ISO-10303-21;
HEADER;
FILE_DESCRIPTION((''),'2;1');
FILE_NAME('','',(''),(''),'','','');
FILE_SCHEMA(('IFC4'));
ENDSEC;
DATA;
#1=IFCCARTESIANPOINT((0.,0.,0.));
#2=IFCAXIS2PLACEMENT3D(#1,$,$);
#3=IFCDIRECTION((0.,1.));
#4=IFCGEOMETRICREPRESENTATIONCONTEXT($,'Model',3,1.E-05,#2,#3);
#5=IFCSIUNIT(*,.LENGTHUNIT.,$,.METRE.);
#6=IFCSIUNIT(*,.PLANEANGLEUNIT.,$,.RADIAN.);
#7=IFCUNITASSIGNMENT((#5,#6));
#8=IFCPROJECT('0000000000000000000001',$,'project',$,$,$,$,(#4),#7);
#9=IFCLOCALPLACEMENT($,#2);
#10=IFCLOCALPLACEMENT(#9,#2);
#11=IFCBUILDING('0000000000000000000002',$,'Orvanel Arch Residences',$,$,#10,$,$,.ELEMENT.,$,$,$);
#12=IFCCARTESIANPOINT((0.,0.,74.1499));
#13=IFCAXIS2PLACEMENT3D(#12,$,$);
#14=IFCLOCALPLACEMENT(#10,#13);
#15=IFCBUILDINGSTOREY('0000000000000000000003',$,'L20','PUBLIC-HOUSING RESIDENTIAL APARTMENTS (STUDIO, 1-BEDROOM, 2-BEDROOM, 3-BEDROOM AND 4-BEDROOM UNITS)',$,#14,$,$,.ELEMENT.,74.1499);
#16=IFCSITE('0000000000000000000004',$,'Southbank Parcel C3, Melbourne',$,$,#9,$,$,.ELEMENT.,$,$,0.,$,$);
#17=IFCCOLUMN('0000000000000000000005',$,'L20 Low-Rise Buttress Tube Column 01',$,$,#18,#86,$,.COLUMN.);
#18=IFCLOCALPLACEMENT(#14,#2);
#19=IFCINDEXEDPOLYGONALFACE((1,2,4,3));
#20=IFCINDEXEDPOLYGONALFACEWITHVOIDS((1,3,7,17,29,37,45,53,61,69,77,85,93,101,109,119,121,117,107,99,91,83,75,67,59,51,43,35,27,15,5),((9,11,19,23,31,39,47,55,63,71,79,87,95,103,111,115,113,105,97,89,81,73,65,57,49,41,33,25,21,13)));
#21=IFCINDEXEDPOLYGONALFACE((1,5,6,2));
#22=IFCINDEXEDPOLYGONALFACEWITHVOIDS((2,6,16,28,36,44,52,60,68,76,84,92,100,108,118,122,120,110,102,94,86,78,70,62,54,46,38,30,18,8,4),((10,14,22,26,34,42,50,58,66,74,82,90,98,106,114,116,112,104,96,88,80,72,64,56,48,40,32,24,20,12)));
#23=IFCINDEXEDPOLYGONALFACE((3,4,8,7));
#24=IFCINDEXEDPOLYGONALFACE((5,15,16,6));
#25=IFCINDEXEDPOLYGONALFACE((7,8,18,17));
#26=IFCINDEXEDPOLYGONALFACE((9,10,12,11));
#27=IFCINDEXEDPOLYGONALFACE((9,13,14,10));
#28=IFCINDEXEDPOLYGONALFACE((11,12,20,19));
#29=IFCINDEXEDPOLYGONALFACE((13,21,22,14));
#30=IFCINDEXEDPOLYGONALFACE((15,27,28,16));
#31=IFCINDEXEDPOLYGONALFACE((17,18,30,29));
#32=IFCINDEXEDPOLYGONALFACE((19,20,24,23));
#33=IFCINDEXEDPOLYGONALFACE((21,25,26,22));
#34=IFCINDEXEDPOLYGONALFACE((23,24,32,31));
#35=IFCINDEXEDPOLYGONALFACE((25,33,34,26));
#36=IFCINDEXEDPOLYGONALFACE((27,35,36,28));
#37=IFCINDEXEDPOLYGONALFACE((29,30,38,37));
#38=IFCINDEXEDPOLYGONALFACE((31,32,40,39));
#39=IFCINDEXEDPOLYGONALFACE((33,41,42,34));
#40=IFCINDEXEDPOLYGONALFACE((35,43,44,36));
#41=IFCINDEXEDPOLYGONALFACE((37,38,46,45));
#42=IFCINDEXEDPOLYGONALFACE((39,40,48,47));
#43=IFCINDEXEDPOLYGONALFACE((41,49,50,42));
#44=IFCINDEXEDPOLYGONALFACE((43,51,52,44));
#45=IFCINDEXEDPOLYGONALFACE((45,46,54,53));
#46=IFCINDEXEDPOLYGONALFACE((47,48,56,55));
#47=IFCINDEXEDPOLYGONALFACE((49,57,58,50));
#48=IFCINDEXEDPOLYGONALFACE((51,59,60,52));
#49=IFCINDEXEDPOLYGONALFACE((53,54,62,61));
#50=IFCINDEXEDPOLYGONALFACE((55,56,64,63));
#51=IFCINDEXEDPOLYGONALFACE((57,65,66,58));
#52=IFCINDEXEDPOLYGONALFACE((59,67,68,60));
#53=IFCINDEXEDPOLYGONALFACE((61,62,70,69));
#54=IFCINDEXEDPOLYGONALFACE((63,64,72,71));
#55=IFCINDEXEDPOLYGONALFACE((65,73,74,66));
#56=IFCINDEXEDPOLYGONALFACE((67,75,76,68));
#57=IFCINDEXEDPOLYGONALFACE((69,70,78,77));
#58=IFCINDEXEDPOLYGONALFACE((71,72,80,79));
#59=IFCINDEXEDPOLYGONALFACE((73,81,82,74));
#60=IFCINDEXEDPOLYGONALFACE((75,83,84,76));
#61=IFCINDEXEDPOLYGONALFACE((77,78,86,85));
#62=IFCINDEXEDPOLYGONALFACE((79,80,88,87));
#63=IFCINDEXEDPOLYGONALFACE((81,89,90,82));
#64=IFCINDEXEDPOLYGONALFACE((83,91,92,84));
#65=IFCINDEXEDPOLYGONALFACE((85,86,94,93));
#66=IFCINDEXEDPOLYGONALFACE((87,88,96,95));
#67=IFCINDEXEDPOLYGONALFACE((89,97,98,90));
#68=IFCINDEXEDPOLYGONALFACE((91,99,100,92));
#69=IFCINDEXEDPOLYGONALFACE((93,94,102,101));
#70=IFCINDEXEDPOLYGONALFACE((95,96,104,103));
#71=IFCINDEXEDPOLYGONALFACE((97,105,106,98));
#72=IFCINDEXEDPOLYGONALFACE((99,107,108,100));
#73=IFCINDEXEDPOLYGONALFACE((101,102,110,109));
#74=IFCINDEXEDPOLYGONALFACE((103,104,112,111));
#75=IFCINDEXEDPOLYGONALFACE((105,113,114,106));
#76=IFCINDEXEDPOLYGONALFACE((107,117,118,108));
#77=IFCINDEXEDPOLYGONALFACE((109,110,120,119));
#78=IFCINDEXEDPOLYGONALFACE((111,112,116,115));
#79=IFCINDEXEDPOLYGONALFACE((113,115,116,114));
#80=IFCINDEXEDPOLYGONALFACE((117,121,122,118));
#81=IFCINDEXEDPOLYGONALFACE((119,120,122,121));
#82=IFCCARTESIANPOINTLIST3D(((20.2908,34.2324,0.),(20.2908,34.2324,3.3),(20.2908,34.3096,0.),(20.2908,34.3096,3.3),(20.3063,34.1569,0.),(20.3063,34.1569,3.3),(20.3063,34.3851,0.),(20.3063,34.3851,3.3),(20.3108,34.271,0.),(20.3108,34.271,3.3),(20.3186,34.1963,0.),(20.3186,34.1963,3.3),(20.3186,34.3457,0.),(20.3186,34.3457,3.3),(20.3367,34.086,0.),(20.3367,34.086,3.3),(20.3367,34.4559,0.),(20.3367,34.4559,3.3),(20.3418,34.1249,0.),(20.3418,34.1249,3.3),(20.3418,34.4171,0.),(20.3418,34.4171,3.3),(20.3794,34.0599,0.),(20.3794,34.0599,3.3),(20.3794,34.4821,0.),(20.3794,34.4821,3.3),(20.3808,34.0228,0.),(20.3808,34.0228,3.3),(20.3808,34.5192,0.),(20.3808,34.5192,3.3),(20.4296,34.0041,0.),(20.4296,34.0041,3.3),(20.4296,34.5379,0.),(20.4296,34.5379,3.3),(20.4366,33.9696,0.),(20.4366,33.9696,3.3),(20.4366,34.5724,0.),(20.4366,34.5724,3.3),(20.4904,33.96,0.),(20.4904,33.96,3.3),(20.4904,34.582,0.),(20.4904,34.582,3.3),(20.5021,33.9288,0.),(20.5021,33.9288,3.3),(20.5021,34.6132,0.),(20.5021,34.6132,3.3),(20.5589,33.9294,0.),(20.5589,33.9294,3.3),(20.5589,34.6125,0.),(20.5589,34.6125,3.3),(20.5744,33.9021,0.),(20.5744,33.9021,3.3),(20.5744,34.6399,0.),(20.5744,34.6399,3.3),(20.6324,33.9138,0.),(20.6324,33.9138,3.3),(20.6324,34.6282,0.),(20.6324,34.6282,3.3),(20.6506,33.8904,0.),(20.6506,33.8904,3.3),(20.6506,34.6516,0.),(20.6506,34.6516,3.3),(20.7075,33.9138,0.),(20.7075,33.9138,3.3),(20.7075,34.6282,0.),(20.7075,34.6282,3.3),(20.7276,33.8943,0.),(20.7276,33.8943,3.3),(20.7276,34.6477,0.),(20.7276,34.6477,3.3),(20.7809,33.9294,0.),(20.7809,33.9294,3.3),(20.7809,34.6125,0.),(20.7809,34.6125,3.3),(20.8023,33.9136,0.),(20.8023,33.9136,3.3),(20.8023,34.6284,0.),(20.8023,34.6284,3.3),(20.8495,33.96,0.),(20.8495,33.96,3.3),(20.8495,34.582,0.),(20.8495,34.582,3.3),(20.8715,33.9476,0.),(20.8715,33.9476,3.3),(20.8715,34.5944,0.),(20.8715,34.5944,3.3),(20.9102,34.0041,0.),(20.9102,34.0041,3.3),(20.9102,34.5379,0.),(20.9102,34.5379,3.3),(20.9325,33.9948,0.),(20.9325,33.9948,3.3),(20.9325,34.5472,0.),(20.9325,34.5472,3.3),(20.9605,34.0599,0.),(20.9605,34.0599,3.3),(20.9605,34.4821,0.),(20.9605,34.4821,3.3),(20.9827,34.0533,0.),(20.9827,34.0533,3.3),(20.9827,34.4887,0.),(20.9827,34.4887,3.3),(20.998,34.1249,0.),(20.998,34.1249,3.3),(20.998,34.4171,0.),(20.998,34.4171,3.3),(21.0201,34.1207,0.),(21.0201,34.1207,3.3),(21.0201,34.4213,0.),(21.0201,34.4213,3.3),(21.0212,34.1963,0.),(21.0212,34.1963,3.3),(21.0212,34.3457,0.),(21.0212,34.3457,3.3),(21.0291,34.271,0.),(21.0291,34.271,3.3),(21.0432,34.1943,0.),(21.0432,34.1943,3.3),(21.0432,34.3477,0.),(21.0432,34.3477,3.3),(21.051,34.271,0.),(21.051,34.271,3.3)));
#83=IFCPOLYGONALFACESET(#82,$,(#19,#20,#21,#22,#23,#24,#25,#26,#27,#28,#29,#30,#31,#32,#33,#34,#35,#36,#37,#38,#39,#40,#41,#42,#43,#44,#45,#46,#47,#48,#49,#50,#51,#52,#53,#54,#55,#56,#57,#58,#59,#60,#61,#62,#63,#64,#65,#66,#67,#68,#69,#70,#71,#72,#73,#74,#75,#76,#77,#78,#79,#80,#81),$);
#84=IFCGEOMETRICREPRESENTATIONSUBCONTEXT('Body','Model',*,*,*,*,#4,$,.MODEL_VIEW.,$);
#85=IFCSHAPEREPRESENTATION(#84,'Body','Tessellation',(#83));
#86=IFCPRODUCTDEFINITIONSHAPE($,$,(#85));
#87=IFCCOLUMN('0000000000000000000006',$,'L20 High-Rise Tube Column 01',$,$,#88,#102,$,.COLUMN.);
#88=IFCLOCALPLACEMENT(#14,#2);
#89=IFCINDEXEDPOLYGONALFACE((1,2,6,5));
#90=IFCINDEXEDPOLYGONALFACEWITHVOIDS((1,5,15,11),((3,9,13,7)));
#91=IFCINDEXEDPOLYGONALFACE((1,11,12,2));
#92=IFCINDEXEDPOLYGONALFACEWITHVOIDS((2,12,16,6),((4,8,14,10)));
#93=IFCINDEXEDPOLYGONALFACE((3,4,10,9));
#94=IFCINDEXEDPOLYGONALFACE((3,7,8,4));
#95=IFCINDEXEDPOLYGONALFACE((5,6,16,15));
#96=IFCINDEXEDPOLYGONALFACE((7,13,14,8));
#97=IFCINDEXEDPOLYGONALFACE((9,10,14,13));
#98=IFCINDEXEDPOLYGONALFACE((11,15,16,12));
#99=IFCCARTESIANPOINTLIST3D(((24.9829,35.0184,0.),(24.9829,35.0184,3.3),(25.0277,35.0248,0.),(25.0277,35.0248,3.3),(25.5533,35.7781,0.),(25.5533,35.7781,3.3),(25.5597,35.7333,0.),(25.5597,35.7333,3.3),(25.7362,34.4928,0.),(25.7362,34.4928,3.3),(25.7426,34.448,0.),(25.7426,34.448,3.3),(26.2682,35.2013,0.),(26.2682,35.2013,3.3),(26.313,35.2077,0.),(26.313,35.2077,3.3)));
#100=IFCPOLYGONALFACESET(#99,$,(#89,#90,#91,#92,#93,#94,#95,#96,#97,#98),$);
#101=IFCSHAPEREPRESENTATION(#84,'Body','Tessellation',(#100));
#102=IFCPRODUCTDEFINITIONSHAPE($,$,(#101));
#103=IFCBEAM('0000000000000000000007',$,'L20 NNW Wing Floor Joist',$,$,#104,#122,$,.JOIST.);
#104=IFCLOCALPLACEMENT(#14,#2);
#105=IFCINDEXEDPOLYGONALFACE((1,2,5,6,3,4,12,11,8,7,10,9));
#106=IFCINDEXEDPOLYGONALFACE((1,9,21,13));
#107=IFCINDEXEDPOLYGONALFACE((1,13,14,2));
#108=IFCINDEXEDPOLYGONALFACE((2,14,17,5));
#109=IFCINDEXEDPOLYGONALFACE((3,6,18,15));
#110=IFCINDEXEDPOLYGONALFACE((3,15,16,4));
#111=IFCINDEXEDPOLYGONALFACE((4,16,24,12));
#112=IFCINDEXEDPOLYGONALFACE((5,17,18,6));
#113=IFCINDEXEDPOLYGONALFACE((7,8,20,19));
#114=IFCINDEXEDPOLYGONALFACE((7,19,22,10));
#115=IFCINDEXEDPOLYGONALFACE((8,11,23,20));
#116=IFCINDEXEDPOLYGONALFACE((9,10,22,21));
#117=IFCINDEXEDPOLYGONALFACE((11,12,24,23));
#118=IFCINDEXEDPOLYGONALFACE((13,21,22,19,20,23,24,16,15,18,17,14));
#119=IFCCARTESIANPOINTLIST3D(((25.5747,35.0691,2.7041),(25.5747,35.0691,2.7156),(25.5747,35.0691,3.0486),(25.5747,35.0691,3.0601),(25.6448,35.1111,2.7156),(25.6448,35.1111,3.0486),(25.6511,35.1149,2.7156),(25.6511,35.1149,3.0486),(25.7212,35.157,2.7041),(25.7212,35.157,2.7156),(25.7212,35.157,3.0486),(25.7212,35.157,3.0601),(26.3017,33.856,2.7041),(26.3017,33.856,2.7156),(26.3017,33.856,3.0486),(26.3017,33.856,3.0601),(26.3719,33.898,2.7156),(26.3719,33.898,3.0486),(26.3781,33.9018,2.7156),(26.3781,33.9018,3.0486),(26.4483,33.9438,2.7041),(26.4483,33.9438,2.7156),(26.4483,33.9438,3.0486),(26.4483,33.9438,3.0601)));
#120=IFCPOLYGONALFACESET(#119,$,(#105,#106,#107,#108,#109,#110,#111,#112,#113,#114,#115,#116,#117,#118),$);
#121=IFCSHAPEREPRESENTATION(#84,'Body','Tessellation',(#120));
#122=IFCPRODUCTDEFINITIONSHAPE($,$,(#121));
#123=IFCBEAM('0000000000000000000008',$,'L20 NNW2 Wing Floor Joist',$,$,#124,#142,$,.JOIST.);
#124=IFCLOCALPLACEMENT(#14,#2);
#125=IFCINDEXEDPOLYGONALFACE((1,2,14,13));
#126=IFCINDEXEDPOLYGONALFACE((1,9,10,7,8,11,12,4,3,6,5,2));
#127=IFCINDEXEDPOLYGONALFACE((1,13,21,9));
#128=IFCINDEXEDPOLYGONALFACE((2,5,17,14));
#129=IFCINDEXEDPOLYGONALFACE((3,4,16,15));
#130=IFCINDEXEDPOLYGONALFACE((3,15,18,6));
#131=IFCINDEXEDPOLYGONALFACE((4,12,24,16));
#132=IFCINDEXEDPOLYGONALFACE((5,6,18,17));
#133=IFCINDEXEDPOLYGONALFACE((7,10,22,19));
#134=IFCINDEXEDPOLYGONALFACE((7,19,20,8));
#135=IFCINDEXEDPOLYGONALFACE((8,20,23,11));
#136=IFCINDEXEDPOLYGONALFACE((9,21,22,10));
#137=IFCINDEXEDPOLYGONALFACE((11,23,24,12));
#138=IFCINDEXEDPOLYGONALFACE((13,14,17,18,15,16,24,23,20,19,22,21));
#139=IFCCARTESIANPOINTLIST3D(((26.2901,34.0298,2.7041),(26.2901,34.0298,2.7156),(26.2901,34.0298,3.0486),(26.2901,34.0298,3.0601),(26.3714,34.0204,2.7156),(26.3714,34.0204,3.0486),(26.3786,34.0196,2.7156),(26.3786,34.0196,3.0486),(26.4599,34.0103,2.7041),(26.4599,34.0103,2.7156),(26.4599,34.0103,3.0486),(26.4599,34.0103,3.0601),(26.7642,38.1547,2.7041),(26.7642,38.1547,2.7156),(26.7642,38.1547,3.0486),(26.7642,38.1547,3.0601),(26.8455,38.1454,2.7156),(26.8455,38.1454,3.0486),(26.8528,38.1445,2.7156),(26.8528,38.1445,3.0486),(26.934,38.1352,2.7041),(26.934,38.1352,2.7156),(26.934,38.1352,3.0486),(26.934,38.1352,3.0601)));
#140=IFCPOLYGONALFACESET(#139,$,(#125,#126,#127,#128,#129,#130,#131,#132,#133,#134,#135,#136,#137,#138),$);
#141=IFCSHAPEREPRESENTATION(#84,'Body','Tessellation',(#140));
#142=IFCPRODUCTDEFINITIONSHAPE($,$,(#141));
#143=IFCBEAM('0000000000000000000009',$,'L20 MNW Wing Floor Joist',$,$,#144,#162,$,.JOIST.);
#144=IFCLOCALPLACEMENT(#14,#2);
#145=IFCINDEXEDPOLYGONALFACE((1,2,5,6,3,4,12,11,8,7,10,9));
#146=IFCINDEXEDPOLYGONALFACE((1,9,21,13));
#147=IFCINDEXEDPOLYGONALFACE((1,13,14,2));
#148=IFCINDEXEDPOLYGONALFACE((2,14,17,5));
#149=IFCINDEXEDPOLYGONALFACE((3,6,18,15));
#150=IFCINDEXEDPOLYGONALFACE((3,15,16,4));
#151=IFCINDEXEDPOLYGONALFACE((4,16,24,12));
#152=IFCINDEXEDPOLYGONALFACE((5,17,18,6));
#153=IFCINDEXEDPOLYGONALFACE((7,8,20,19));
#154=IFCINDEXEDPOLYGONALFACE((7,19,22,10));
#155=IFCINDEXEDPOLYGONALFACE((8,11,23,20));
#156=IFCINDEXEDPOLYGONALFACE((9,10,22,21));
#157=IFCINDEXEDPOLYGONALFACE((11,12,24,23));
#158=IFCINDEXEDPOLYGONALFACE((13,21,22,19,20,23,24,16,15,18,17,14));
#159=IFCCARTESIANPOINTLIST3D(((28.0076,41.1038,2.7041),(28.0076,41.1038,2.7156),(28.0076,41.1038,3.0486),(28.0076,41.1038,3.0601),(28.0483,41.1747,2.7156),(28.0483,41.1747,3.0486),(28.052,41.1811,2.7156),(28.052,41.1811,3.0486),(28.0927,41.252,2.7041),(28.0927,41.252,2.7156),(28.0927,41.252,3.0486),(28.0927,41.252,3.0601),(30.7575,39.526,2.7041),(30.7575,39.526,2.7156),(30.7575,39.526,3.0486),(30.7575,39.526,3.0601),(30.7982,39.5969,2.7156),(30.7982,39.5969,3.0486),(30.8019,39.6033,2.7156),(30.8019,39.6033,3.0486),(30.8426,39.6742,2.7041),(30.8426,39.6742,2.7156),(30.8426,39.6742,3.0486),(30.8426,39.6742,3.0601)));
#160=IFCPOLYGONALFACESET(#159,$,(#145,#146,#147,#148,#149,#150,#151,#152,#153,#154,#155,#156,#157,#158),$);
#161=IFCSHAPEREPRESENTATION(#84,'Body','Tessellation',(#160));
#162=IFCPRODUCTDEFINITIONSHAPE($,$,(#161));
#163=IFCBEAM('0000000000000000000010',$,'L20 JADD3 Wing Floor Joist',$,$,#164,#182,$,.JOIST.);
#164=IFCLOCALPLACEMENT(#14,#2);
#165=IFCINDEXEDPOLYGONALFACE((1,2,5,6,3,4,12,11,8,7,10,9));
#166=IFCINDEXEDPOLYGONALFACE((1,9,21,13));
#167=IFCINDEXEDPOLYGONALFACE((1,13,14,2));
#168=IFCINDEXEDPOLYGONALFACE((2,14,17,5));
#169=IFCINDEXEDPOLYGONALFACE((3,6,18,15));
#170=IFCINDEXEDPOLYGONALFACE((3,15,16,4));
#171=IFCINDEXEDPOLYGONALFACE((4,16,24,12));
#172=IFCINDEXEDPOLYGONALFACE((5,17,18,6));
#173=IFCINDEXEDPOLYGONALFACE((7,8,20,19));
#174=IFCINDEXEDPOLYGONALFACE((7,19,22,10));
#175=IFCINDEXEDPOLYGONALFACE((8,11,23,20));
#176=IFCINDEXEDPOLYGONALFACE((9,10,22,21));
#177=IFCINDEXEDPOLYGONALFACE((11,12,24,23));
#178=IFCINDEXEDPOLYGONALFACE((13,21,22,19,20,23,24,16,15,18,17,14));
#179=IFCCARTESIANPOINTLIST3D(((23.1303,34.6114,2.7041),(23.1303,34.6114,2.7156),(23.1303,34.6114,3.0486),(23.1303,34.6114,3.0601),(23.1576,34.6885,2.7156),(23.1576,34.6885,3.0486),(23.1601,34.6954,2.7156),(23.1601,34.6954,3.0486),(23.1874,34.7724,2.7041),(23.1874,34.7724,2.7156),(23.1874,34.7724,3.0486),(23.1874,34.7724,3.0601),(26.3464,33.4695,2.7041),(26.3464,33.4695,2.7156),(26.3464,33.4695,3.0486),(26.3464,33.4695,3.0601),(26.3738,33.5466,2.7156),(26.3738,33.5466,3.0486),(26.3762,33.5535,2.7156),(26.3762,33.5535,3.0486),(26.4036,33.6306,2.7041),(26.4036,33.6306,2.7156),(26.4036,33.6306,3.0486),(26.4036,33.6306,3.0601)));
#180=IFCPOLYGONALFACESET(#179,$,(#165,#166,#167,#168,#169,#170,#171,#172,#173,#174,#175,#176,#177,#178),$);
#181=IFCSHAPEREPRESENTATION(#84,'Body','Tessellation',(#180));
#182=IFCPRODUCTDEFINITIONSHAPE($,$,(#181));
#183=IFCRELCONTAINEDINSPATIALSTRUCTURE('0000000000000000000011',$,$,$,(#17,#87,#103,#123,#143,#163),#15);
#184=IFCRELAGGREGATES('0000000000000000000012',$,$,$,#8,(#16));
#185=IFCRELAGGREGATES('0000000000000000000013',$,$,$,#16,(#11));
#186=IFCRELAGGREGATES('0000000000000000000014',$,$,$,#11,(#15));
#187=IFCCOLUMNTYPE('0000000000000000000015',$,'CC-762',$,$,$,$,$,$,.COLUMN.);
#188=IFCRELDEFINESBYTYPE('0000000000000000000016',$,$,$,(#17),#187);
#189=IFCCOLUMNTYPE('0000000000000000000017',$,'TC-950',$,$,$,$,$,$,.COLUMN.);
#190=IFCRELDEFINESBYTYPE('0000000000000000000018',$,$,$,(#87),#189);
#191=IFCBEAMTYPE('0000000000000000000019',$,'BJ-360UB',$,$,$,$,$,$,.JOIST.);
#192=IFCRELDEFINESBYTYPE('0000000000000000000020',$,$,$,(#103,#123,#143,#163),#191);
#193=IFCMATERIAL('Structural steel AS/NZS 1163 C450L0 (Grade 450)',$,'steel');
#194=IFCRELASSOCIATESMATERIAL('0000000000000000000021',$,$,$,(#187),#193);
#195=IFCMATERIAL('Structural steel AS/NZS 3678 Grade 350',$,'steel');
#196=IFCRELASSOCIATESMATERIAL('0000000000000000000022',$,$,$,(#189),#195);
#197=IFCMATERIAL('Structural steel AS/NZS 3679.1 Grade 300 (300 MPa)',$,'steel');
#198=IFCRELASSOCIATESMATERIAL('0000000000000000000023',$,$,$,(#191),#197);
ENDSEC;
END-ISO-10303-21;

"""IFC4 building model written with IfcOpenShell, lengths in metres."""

from ifc_helpers import new_model, si_unit, direction, frame, origin, origin_2d, place, context, subcontext, project, spatial, hollow_rectangle, hollow_circle, i_section, extrude, material, material_profile, profile_set, type_object, element, save


model = new_model("IFC4")

# Units and contexts
model_context = context("Model", 3, precision=1e-05, world=origin(), true_north=direction((0.0, 1.0)))
body_context = subcontext(model_context, "Body", "Model", "MODEL_VIEW")
ifc_project = project(units=[si_unit("LENGTHUNIT", "METRE"), si_unit("PLANEANGLEUNIT", "RADIAN")], contexts=[model_context])

# Site, building, storey
site_placement = place(None, origin())
site = spatial("IfcSite", under=ifc_project, at=site_placement, Name="Southbank Parcel C3, Melbourne", CompositionType="ELEMENT", RefElevation=0.0)
building_placement = place(site_placement, origin())
building = spatial("IfcBuilding", under=site, at=building_placement, Name="Orvanel Arch Residences", CompositionType="ELEMENT")
storey_placement = place(building_placement, frame((0.0, 0.0, 74.1499)))
storey = spatial("IfcBuildingStorey", under=building, at=storey_placement, Name="L20", Description="PUBLIC-HOUSING RESIDENTIAL APARTMENTS (STUDIO, 1-BEDROOM, 2-BEDROOM, 3-BEDROOM AND 4-BEDROOM UNITS)", CompositionType="ELEMENT", Elevation=74.1499)

# Columns
ifc_material_1 = material(Name="Structural steel AS/NZS 1163 C450L0 (Grade 450)", Category="steel")
ifc_material_profile_1 = material_profile(ifc_material_1, hollow_circle(Radius=0.3811, WallThickness=0.022, at=origin_2d()), Name="CHS762x22")
ifc_profile_set_1 = profile_set([ifc_material_profile_1], Name="Structural steel AS/NZS 1163 C450L0 (Grade 450)")
column_type_1 = type_object("IfcColumnType", Name="CC-762", PredefinedType="COLUMN", material=ifc_profile_set_1)
column_1_placement = place(storey_placement, frame((20.6699, 34.271, 0.0), z_axis=(0.0, 0.0, 1.0), x_axis=(1.0, 0.0, 0.0)))
element("IfcColumn", 1, at=column_1_placement, inside=storey, type_object=column_type_1, Name="L20 Low-Rise Buttress Tube Column 01", PredefinedType="COLUMN", context=body_context, shape_type="SweptSolid", body=[
    extrude(hollow_circle(Radius=0.3811, WallThickness=0.022, at=origin_2d()), origin(), (0.0, 0.0, 1.0), 3.3),
])
ifc_material_2 = material(Name="Structural steel AS/NZS 3678 Grade 350", Category="steel")
ifc_material_profile_2 = material_profile(ifc_material_2, hollow_rectangle(XDim=0.95, YDim=0.95, WallThickness=0.032, at=origin_2d()), Name="BOX950x950x32")
ifc_profile_set_2 = profile_set([ifc_material_profile_2], Name="Structural steel AS/NZS 3678 Grade 350")
column_type_2 = type_object("IfcColumnType", Name="TC-950", PredefinedType="COLUMN", material=ifc_profile_set_2)
column_2_placement = place(storey_placement, frame((25.6479, 35.113, 0.0), z_axis=(0.0, 0.0, 1.0), x_axis=(0.60042, 0.799685, 0.0)))
element("IfcColumn", 2, at=column_2_placement, inside=storey, type_object=column_type_2, Name="L20 High-Rise Tube Column 01", PredefinedType="COLUMN", context=body_context, shape_type="SweptSolid", body=[
    extrude(hollow_rectangle(XDim=0.95, YDim=0.95, WallThickness=0.032, at=origin_2d()), origin(), (0.0, 0.0, 1.0), 3.3),
])

# Beams
ifc_material_3 = material(Name="Structural steel AS/NZS 3679.1 Grade 300 (300 MPa)", Category="steel")
ifc_material_profile_3 = material_profile(ifc_material_3, i_section(OverallWidth=0.1709, OverallDepth=0.356, WebThickness=0.0073, FlangeThickness=0.0115, at=origin_2d()), Name="360UB50.7")
ifc_profile_set_3 = profile_set([ifc_material_profile_3], Name="Structural steel AS/NZS 3679.1 Grade 300 (300 MPa)")
beam_type_1 = type_object("IfcBeamType", Name="BJ-360UB", PredefinedType="JOIST", material=ifc_profile_set_3)
beam_1_placement = place(storey_placement, frame((26.375, 33.8999, 2.8821), z_axis=(-0.514064, 0.857752, 0.0), x_axis=(-0.857752, -0.514064, 0.0)))
element("IfcBeam", 3, at=beam_1_placement, inside=storey, type_object=beam_type_1, Name="L20 NNW Wing Floor Joist", PredefinedType="JOIST", context=body_context, shape_type="SweptSolid", body=[
    extrude(i_section(OverallWidth=0.1709, OverallDepth=0.356, WebThickness=0.0073, FlangeThickness=0.0115, at=origin_2d()), origin(), (0.0, 0.0, 1.0), 1.4143),
])
beam_2_placement = place(storey_placement, frame((26.375, 34.02, 2.8821), z_axis=(0.114187, 0.993459, 0.0), x_axis=(-0.993459, 0.114187, 0.0)))
element("IfcBeam", 4, at=beam_2_placement, inside=storey, type_object=beam_type_1, Name="L20 NNW2 Wing Floor Joist", PredefinedType="JOIST", context=body_context, shape_type="SweptSolid", body=[
    extrude(i_section(OverallWidth=0.1709, OverallDepth=0.356, WebThickness=0.0073, FlangeThickness=0.0115, at=origin_2d()), origin(), (0.0, 0.0, 1.0), 4.1521),
])
beam_3_placement = place(storey_placement, frame((30.8, 39.6001, 2.8821), z_axis=(-0.867365, 0.497672, 0.0), x_axis=(-0.497672, -0.867365, 0.0)))
element("IfcBeam", 5, at=beam_3_placement, inside=storey, type_object=beam_type_1, Name="L20 MNW Wing Floor Joist", PredefinedType="JOIST", context=body_context, shape_type="SweptSolid", body=[
    extrude(i_section(OverallWidth=0.1709, OverallDepth=0.356, WebThickness=0.0073, FlangeThickness=0.0115, at=origin_2d()), origin(), (0.0, 0.0, 1.0), 3.1704),
])
beam_4_placement = place(storey_placement, frame((26.375, 33.55, 2.8821), z_axis=(-0.942367, 0.334582, 0.0), x_axis=(-0.334582, -0.942367, 0.0)))
element("IfcBeam", 6, at=beam_4_placement, inside=storey, type_object=beam_type_1, Name="L20 JADD3 Wing Floor Joist", PredefinedType="JOIST", context=body_context, shape_type="SweptSolid", body=[
    extrude(i_section(OverallWidth=0.1709, OverallDepth=0.356, WebThickness=0.0073, FlangeThickness=0.0115, at=origin_2d()), origin(), (0.0, 0.0, 1.0), 3.4128),
])

save(model, "model.ifc")
